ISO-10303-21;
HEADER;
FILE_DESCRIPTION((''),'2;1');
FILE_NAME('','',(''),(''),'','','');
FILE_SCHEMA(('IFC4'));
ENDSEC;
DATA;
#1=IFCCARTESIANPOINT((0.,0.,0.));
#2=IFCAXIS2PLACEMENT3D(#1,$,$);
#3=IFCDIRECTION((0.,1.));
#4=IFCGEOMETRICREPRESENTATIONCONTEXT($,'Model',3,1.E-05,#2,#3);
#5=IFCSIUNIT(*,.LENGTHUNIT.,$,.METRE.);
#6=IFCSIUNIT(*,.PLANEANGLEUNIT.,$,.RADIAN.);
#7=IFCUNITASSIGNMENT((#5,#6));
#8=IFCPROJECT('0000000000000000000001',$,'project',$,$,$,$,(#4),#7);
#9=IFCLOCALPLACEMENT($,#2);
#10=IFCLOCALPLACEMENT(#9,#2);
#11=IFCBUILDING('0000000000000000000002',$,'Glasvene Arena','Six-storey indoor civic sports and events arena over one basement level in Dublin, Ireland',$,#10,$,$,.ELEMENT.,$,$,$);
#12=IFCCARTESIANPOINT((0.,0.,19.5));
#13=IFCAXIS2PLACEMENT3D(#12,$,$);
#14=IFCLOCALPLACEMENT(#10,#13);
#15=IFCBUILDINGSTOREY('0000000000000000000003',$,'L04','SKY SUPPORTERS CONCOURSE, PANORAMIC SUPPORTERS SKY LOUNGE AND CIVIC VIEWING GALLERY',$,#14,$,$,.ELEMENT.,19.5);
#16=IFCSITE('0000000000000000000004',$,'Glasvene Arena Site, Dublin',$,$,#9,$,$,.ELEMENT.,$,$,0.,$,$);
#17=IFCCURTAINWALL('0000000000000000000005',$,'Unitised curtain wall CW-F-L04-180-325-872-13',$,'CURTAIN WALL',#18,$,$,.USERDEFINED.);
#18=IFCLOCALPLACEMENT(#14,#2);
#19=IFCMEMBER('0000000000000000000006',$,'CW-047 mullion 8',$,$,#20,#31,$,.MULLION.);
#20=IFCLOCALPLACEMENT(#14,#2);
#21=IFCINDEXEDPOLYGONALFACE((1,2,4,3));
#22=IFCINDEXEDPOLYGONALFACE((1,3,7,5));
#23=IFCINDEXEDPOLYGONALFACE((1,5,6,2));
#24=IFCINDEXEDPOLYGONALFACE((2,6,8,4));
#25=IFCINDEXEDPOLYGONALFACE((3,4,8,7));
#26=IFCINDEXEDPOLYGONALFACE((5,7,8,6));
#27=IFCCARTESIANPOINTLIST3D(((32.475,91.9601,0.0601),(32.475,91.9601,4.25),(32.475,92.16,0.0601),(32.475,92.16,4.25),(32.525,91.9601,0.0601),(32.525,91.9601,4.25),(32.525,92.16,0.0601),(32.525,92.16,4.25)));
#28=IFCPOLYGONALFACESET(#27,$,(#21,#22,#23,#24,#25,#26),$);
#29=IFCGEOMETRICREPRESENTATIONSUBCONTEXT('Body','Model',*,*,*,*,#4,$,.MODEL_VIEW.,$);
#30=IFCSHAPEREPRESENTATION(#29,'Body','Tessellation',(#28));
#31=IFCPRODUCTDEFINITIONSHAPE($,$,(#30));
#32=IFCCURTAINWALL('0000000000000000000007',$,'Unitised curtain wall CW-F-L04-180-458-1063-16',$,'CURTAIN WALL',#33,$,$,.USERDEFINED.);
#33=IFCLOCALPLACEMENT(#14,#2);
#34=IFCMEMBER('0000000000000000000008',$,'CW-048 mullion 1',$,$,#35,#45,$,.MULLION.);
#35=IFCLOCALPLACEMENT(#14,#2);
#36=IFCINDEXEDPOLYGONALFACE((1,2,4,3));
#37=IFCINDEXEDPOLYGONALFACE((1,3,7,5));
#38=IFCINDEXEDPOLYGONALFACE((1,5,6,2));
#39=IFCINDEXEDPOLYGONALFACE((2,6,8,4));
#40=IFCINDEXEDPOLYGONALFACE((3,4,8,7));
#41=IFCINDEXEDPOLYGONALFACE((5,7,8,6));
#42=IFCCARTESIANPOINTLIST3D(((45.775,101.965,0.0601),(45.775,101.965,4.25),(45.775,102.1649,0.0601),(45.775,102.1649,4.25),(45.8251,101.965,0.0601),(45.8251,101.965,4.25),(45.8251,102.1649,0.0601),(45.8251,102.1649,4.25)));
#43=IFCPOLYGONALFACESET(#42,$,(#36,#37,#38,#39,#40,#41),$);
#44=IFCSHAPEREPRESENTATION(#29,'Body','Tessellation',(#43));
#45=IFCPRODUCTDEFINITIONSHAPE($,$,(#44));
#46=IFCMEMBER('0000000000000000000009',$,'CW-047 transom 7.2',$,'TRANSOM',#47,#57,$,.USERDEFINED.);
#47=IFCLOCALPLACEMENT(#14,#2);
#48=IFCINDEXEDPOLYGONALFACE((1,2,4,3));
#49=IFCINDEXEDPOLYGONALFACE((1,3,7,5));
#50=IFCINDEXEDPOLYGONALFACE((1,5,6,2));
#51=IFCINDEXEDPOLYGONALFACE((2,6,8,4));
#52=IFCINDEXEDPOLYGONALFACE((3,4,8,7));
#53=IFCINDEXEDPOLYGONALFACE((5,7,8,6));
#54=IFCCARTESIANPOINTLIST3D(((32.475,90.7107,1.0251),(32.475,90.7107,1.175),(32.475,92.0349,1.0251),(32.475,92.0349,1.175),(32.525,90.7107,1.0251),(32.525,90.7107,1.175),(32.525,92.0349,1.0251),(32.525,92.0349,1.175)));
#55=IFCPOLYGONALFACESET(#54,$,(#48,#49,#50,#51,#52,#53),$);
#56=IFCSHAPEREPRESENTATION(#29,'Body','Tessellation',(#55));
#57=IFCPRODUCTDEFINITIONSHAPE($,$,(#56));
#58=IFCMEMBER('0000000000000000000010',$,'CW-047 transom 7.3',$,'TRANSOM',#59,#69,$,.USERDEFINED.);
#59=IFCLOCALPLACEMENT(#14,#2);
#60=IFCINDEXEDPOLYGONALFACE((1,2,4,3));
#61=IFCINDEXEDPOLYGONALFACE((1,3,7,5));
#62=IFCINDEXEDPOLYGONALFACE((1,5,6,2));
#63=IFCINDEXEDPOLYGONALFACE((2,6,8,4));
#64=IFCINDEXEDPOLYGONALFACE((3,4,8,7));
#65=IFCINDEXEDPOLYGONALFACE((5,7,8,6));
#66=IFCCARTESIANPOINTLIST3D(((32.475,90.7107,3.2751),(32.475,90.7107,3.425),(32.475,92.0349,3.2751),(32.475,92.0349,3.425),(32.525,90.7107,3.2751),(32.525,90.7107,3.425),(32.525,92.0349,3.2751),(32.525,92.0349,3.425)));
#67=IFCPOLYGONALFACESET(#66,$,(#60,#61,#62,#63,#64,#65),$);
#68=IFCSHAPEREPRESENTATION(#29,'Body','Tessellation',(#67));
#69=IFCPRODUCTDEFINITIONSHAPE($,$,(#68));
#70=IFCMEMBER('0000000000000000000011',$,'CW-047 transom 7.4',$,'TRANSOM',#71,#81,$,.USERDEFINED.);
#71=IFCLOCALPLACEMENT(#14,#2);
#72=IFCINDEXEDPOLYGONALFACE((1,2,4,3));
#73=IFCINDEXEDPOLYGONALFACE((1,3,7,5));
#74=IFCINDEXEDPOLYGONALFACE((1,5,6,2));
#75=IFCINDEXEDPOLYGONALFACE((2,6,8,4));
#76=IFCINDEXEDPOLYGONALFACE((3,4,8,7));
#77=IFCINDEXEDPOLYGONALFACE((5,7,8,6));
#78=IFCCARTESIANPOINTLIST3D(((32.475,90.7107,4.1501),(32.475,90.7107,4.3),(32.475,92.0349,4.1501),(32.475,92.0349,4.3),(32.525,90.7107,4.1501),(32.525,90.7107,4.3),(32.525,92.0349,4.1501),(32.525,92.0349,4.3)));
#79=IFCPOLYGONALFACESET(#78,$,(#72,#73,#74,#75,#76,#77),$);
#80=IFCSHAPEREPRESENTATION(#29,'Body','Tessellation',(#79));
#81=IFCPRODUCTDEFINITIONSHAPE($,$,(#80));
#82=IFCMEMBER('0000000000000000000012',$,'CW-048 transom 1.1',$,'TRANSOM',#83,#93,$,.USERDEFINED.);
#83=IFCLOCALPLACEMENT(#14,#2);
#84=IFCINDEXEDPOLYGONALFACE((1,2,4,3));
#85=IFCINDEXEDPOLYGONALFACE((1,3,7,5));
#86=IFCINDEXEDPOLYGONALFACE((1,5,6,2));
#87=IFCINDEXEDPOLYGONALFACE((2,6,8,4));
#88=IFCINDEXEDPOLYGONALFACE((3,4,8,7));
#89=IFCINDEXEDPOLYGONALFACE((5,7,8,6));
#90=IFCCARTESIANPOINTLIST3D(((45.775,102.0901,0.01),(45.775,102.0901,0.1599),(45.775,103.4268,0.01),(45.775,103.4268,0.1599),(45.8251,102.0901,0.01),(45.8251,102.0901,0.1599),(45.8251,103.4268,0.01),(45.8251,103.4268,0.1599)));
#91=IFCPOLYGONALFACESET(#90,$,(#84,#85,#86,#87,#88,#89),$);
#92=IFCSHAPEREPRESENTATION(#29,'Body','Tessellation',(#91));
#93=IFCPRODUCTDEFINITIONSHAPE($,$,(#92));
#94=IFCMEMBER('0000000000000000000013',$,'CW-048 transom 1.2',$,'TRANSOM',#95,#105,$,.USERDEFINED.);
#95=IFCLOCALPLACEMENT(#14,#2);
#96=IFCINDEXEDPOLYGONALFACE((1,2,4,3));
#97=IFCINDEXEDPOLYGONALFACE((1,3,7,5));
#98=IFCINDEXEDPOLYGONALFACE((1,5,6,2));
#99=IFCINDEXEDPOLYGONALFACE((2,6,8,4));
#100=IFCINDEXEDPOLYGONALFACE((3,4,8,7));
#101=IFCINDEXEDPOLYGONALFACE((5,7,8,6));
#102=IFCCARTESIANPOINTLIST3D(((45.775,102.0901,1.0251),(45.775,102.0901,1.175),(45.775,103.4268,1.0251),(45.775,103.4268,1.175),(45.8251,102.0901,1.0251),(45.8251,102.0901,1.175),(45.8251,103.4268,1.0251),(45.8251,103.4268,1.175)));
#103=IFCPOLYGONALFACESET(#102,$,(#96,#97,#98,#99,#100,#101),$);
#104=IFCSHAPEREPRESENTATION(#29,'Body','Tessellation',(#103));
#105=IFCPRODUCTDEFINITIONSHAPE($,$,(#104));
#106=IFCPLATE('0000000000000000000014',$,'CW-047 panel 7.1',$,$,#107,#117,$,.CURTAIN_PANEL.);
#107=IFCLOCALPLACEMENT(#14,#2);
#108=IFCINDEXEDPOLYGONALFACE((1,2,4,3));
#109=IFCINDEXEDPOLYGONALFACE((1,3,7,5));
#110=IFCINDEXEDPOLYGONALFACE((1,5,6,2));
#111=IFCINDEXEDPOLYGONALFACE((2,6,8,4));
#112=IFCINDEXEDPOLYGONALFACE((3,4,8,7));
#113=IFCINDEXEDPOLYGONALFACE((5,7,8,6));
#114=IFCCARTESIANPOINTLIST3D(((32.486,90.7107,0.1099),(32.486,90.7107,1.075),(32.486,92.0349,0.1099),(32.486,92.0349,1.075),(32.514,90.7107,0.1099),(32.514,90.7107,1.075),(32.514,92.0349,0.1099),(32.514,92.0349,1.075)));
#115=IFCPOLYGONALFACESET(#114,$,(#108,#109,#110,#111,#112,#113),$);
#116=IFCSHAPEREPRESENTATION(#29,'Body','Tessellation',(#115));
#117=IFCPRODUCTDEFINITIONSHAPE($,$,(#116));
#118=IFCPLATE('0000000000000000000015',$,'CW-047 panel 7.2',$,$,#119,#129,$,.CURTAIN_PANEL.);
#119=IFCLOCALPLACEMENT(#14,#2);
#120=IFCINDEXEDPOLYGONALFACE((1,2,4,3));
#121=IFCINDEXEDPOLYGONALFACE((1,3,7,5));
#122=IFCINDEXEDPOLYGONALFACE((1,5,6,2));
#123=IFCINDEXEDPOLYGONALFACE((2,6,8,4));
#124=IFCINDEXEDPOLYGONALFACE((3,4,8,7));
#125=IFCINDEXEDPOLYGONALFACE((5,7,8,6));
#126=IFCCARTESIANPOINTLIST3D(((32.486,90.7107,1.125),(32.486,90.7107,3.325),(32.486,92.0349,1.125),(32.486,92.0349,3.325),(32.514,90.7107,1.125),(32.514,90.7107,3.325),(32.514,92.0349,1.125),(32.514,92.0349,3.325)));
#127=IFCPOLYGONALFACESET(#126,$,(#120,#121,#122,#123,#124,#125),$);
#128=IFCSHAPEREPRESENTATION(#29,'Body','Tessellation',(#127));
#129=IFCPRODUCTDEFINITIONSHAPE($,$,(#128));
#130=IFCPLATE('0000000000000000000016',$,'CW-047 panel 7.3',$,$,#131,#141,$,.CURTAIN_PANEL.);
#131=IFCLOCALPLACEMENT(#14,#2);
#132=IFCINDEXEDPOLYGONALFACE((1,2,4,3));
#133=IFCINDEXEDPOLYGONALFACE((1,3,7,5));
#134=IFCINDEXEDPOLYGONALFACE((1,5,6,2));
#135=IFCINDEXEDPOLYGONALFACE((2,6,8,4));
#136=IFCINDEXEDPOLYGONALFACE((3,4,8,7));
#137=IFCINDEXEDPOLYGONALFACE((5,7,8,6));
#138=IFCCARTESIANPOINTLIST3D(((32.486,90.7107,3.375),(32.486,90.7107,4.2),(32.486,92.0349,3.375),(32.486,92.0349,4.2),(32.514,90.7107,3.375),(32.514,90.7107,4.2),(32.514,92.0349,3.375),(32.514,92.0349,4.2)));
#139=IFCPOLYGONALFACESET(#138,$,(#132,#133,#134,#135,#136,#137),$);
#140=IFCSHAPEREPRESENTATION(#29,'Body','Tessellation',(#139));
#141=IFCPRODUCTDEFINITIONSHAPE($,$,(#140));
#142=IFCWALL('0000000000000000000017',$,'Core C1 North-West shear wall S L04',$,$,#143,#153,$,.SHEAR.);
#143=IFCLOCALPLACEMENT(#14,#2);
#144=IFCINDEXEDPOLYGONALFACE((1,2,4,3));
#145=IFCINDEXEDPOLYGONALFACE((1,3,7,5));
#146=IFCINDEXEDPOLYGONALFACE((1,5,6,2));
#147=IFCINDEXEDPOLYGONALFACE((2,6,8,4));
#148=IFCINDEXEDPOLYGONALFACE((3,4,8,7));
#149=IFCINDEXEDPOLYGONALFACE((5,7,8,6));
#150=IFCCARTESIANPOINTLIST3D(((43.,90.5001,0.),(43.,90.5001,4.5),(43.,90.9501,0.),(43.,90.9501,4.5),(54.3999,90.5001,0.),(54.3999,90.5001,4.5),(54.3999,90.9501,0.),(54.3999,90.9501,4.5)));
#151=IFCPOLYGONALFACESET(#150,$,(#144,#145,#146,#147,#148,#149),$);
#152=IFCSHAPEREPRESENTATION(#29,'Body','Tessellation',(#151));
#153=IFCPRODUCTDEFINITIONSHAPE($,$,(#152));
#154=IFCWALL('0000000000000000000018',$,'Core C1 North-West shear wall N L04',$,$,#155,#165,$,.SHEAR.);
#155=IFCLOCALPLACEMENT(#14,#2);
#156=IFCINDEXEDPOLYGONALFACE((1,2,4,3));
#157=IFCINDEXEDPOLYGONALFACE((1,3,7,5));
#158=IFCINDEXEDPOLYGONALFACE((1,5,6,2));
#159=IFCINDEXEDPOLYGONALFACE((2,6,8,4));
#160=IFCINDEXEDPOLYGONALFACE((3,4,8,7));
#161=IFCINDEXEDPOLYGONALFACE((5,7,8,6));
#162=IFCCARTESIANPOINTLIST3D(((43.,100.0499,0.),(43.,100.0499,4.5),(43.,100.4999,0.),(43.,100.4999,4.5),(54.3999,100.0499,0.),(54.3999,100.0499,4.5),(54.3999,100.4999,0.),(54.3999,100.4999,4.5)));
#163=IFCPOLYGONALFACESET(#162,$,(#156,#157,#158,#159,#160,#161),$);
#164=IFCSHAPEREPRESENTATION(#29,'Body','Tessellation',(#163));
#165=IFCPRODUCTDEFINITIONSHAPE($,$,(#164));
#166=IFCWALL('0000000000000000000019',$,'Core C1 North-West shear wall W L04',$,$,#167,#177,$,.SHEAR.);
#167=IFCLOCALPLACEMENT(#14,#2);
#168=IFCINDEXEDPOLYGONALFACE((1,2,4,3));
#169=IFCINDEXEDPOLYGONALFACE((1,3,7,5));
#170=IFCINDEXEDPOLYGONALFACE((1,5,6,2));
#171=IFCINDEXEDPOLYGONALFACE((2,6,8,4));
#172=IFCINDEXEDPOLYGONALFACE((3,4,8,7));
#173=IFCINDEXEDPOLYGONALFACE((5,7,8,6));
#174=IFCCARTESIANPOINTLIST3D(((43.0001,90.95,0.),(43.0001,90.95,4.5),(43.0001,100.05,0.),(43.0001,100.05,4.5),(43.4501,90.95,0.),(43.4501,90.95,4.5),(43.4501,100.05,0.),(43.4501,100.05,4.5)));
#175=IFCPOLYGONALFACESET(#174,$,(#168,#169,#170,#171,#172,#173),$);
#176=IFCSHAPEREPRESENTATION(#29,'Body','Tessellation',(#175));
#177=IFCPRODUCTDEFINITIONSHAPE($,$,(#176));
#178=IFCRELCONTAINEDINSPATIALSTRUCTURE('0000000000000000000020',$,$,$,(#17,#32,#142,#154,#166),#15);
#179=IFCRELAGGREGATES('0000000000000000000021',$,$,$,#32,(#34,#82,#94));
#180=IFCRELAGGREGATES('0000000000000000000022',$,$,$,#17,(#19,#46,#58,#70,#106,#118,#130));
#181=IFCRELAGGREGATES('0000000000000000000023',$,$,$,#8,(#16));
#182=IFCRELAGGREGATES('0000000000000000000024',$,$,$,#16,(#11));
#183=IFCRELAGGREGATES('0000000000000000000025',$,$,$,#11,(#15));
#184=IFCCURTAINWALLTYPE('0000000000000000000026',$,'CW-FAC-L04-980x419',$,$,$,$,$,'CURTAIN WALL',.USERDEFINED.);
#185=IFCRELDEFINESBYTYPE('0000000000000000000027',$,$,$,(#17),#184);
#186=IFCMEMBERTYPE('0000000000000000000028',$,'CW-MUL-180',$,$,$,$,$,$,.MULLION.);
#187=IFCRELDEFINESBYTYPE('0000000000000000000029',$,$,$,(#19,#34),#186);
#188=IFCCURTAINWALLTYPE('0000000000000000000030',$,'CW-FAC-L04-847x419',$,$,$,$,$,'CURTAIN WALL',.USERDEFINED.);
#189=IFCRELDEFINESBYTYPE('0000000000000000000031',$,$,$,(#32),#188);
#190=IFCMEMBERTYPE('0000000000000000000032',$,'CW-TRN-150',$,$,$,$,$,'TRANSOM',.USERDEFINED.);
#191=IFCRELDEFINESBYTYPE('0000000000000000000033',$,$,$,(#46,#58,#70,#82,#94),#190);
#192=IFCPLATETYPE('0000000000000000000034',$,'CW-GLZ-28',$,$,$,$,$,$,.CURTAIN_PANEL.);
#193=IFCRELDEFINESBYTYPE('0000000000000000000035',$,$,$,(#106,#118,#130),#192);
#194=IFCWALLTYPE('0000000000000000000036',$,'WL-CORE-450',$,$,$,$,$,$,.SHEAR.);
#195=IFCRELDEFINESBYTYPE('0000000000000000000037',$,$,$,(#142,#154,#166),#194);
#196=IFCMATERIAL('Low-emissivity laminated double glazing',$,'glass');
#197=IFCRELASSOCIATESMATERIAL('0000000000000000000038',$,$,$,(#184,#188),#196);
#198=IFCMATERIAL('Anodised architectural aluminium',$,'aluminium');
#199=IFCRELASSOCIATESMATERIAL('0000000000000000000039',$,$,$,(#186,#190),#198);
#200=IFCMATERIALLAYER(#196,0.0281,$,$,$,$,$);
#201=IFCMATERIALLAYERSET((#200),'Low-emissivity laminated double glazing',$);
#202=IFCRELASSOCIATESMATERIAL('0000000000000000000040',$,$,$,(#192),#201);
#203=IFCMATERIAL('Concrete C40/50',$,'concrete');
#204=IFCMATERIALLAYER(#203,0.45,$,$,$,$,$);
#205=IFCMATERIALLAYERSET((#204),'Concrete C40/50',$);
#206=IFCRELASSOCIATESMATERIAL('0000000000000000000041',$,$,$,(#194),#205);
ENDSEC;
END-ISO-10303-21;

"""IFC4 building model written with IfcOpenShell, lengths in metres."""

from ifc_helpers import new_model, si_unit, direction, frame, frame_2d, origin, origin_2d, place, context, subcontext, project, spatial, rectangle, extrude, material, layer, layer_set, material_profile, profile_set, type_object, element, aggregate, save


model = new_model("IFC4")

# Units and contexts
model_context = context("Model", 3, precision=1e-05, world=origin(), true_north=direction((0.0, 1.0)))
body_context = subcontext(model_context, "Body", "Model", "MODEL_VIEW")
ifc_project = project(units=[si_unit("LENGTHUNIT", "METRE"), si_unit("PLANEANGLEUNIT", "RADIAN")], contexts=[model_context])

# Site, building, storey
site_placement = place(None, origin())
site = spatial("IfcSite", under=ifc_project, at=site_placement, Name="Glasvene Arena Site, Dublin", CompositionType="ELEMENT", RefElevation=0.0)
building_placement = place(site_placement, origin())
building = spatial("IfcBuilding", under=site, at=building_placement, Name="Glasvene Arena", Description="Six-storey indoor civic sports and events arena over one basement level in Dublin, Ireland", CompositionType="ELEMENT")
storey_placement = place(building_placement, frame((0.0, 0.0, 19.5)))
storey = spatial("IfcBuildingStorey", under=building, at=storey_placement, Name="L04", Description="SKY SUPPORTERS CONCOURSE, PANORAMIC SUPPORTERS SKY LOUNGE AND CIVIC VIEWING GALLERY", CompositionType="ELEMENT", Elevation=19.5)

# Curtain walls, members
ifc_material_1 = material(Name="Low-emissivity laminated double glazing", Category="glass")
curtain_wall_type_1 = type_object("IfcCurtainWallType", Name="CW-FAC-L04-980x419", ElementType="CURTAIN WALL", PredefinedType="USERDEFINED", material=ifc_material_1)
curtain_wall_1_placement = place(storey_placement, frame((32.5, 82.29, 0.0)))
curtain_wall_1 = element("IfcCurtainWall", 1, at=curtain_wall_1_placement, inside=storey, type_object=curtain_wall_type_1, Name="Unitised curtain wall CW-F-L04-180-325-872-13", ObjectType="CURTAIN WALL", PredefinedType="USERDEFINED")
ifc_material_2 = material(Name="Anodised architectural aluminium", Category="aluminium")
ifc_material_profile_1 = material_profile(ifc_material_2, rectangle(XDim=0.05, YDim=0.2, at=origin_2d()), Name="ALU MULLION 50x200")
ifc_profile_set_1 = profile_set([ifc_material_profile_1], Name="Anodised architectural aluminium")
member_type_1 = type_object("IfcMemberType", Name="CW-MUL-180", PredefinedType="MULLION", material=ifc_profile_set_1)
member_1_placement = place(storey_placement, frame((32.5, 92.0601, 0.0601), z_axis=(0.0, 0.0, 1.0), x_axis=(-1.0, 0.0, 0.0)))
member_1 = element("IfcMember", 2, at=member_1_placement, type_object=member_type_1, Name="CW-047 mullion 8", PredefinedType="MULLION", context=body_context, shape_type="SweptSolid", body=[
    extrude(rectangle(XDim=0.05, YDim=0.2, at=origin_2d()), origin(), (0.0, 0.0, 1.0), 4.1899),
])
curtain_wall_type_2 = type_object("IfcCurtainWallType", Name="CW-FAC-L04-847x419", ElementType="CURTAIN WALL", PredefinedType="USERDEFINED", material=ifc_material_1)
curtain_wall_2_placement = place(storey_placement, frame((45.8, 102.04, 0.0)))
curtain_wall_2 = element("IfcCurtainWall", 3, at=curtain_wall_2_placement, inside=storey, type_object=curtain_wall_type_2, Name="Unitised curtain wall CW-F-L04-180-458-1063-16", ObjectType="CURTAIN WALL", PredefinedType="USERDEFINED")
member_2_placement = place(storey_placement, frame((45.8, 102.0649, 0.0601), z_axis=(0.0, 0.0, 1.0), x_axis=(-1.0, 0.0, 0.0)))
member_2 = element("IfcMember", 4, at=member_2_placement, type_object=member_type_1, Name="CW-048 mullion 1", PredefinedType="MULLION", context=body_context, shape_type="SweptSolid", body=[
    extrude(rectangle(XDim=0.05, YDim=0.2, at=origin_2d()), origin(), (0.0, 0.0, 1.0), 4.1899),
])

# Members
ifc_material_profile_2 = material_profile(ifc_material_2, rectangle(XDim=0.05, YDim=0.1499, at=origin_2d()), Name="ALU TRANSOM 50x150")
ifc_profile_set_2 = profile_set([ifc_material_profile_2], Name="Anodised architectural aluminium")
member_type_2 = type_object("IfcMemberType", Name="CW-TRN-150", ElementType="TRANSOM", PredefinedType="USERDEFINED", material=ifc_profile_set_2)
member_3_placement = place(storey_placement, frame((32.5, 90.7107, 1.1001), z_axis=(0.0, 1.0, 0.0), x_axis=(-1.0, 0.0, 0.0)))
member_3 = element("IfcMember", 5, at=member_3_placement, type_object=member_type_2, Name="CW-047 transom 7.2", ObjectType="TRANSOM", PredefinedType="USERDEFINED", context=body_context, shape_type="SweptSolid", body=[
    extrude(rectangle(XDim=0.05, YDim=0.1499, at=origin_2d()), origin(), (0.0, 0.0, 1.0), 1.3242),
])
member_4_placement = place(storey_placement, frame((32.5, 90.7107, 3.3501), z_axis=(0.0, 1.0, 0.0), x_axis=(-1.0, 0.0, 0.0)))
member_4 = element("IfcMember", 6, at=member_4_placement, type_object=member_type_2, Name="CW-047 transom 7.3", ObjectType="TRANSOM", PredefinedType="USERDEFINED", context=body_context, shape_type="SweptSolid", body=[
    extrude(rectangle(XDim=0.05, YDim=0.1499, at=origin_2d()), origin(), (0.0, 0.0, 1.0), 1.3242),
])
member_5_placement = place(storey_placement, frame((32.5, 90.7107, 4.2251), z_axis=(0.0, 1.0, 0.0), x_axis=(-1.0, 0.0, 0.0)))
member_5 = element("IfcMember", 7, at=member_5_placement, type_object=member_type_2, Name="CW-047 transom 7.4", ObjectType="TRANSOM", PredefinedType="USERDEFINED", context=body_context, shape_type="SweptSolid", body=[
    extrude(rectangle(XDim=0.05, YDim=0.1499, at=origin_2d()), origin(), (0.0, 0.0, 1.0), 1.3242),
])
member_6_placement = place(storey_placement, frame((45.8, 102.0901, 0.085), z_axis=(0.0, 1.0, 0.0), x_axis=(-1.0, 0.0, 0.0)))
member_6 = element("IfcMember", 8, at=member_6_placement, type_object=member_type_2, Name="CW-048 transom 1.1", ObjectType="TRANSOM", PredefinedType="USERDEFINED", context=body_context, shape_type="SweptSolid", body=[
    extrude(rectangle(XDim=0.05, YDim=0.1499, at=origin_2d()), origin(), (0.0, 0.0, 1.0), 1.3367),
])
member_7_placement = place(storey_placement, frame((45.8, 102.0901, 1.1001), z_axis=(0.0, 1.0, 0.0), x_axis=(-1.0, 0.0, 0.0)))
member_7 = element("IfcMember", 9, at=member_7_placement, type_object=member_type_2, Name="CW-048 transom 1.2", ObjectType="TRANSOM", PredefinedType="USERDEFINED", context=body_context, shape_type="SweptSolid", body=[
    extrude(rectangle(XDim=0.05, YDim=0.1499, at=origin_2d()), origin(), (0.0, 0.0, 1.0), 1.3367),
])
aggregate(curtain_wall_2, [member_2, member_6, member_7])

# Plates
ifc_layer_1 = layer(ifc_material_1, 0.0281)
ifc_layer_set_1 = layer_set([ifc_layer_1], Name="Low-emissivity laminated double glazing")
plate_type = type_object("IfcPlateType", Name="CW-GLZ-28", PredefinedType="CURTAIN_PANEL", material=ifc_layer_set_1)
plate_1_placement = place(storey_placement, frame((32.5, 91.3728, 0.1099), z_axis=(0.0, 0.0, 1.0), x_axis=(0.0, 1.0, 0.0)))
plate_1 = element("IfcPlate", 10, at=plate_1_placement, type_object=plate_type, Name="CW-047 panel 7.1", PredefinedType="CURTAIN_PANEL", context=body_context, shape_type="SweptSolid", body=[
    extrude(rectangle(XDim=1.3242, YDim=0.0281, at=origin_2d()), origin(), (0.0, 0.0, 1.0), 0.9651),
])
plate_2_placement = place(storey_placement, frame((32.5, 91.3728, 1.125), z_axis=(0.0, 0.0, 1.0), x_axis=(0.0, 1.0, 0.0)))
plate_2 = element("IfcPlate", 11, at=plate_2_placement, type_object=plate_type, Name="CW-047 panel 7.2", PredefinedType="CURTAIN_PANEL", context=body_context, shape_type="SweptSolid", body=[
    extrude(rectangle(XDim=1.3242, YDim=0.0281, at=origin_2d()), origin(), (0.0, 0.0, 1.0), 2.2),
])
plate_3_placement = place(storey_placement, frame((32.5, 91.3728, 3.375), z_axis=(0.0, 0.0, 1.0), x_axis=(0.0, 1.0, 0.0)))
plate_3 = element("IfcPlate", 12, at=plate_3_placement, type_object=plate_type, Name="CW-047 panel 7.3", PredefinedType="CURTAIN_PANEL", context=body_context, shape_type="SweptSolid", body=[
    extrude(rectangle(XDim=1.3242, YDim=0.0281, at=origin_2d()), origin(), (0.0, 0.0, 1.0), 0.825),
])
aggregate(curtain_wall_1, [member_1, member_3, member_4, member_5, plate_1, plate_2, plate_3])

# Shared definitions
ifc_material_3 = material(Name="Concrete C40/50", Category="concrete")

# Walls
ifc_layer_2 = layer(ifc_material_3, 0.45)
ifc_layer_set_2 = layer_set([ifc_layer_2], Name="Concrete C40/50")
wall_type_1 = type_object("IfcWallType", Name="WL-CORE-450", PredefinedType="SHEAR", material=ifc_layer_set_2)
for number, where, z_axis, x_axis, name in (
    (13, (43.0, 90.7251, 0.0), (0.0, 0.0, 1.0), (1.0, 0.0, 0.0), "Core C1 North-West shear wall S L04"),
    (14, (43.0, 100.2749, 0.0), (0.0, 0.0, 1.0), (1.0, 0.0, 0.0), "Core C1 North-West shear wall N L04"),
):
    element("IfcWall", number, at=place(storey_placement, frame(where, z_axis=z_axis, x_axis=x_axis)), inside=storey, type_object=wall_type_1, Name=name, PredefinedType="SHEAR", context=body_context, shape_type="SweptSolid", body=[
        extrude(rectangle(XDim=11.3999, YDim=0.45, at=frame_2d((5.7, 0.0))), origin(), (0.0, 0.0, 1.0), 4.5),
    ])
wall_1_placement = place(storey_placement, frame((43.2251, 90.95, 0.0), z_axis=(0.0, 0.0, 1.0), x_axis=(0.0, 1.0, 0.0)))
element("IfcWall", 15, at=wall_1_placement, inside=storey, type_object=wall_type_1, Name="Core C1 North-West shear wall W L04", PredefinedType="SHEAR", context=body_context, shape_type="SweptSolid", body=[
    extrude(rectangle(XDim=9.1001, YDim=0.45, at=frame_2d((4.55, 0.0))), origin(), (0.0, 0.0, 1.0), 4.5),
])

save(model, "model.ifc")
